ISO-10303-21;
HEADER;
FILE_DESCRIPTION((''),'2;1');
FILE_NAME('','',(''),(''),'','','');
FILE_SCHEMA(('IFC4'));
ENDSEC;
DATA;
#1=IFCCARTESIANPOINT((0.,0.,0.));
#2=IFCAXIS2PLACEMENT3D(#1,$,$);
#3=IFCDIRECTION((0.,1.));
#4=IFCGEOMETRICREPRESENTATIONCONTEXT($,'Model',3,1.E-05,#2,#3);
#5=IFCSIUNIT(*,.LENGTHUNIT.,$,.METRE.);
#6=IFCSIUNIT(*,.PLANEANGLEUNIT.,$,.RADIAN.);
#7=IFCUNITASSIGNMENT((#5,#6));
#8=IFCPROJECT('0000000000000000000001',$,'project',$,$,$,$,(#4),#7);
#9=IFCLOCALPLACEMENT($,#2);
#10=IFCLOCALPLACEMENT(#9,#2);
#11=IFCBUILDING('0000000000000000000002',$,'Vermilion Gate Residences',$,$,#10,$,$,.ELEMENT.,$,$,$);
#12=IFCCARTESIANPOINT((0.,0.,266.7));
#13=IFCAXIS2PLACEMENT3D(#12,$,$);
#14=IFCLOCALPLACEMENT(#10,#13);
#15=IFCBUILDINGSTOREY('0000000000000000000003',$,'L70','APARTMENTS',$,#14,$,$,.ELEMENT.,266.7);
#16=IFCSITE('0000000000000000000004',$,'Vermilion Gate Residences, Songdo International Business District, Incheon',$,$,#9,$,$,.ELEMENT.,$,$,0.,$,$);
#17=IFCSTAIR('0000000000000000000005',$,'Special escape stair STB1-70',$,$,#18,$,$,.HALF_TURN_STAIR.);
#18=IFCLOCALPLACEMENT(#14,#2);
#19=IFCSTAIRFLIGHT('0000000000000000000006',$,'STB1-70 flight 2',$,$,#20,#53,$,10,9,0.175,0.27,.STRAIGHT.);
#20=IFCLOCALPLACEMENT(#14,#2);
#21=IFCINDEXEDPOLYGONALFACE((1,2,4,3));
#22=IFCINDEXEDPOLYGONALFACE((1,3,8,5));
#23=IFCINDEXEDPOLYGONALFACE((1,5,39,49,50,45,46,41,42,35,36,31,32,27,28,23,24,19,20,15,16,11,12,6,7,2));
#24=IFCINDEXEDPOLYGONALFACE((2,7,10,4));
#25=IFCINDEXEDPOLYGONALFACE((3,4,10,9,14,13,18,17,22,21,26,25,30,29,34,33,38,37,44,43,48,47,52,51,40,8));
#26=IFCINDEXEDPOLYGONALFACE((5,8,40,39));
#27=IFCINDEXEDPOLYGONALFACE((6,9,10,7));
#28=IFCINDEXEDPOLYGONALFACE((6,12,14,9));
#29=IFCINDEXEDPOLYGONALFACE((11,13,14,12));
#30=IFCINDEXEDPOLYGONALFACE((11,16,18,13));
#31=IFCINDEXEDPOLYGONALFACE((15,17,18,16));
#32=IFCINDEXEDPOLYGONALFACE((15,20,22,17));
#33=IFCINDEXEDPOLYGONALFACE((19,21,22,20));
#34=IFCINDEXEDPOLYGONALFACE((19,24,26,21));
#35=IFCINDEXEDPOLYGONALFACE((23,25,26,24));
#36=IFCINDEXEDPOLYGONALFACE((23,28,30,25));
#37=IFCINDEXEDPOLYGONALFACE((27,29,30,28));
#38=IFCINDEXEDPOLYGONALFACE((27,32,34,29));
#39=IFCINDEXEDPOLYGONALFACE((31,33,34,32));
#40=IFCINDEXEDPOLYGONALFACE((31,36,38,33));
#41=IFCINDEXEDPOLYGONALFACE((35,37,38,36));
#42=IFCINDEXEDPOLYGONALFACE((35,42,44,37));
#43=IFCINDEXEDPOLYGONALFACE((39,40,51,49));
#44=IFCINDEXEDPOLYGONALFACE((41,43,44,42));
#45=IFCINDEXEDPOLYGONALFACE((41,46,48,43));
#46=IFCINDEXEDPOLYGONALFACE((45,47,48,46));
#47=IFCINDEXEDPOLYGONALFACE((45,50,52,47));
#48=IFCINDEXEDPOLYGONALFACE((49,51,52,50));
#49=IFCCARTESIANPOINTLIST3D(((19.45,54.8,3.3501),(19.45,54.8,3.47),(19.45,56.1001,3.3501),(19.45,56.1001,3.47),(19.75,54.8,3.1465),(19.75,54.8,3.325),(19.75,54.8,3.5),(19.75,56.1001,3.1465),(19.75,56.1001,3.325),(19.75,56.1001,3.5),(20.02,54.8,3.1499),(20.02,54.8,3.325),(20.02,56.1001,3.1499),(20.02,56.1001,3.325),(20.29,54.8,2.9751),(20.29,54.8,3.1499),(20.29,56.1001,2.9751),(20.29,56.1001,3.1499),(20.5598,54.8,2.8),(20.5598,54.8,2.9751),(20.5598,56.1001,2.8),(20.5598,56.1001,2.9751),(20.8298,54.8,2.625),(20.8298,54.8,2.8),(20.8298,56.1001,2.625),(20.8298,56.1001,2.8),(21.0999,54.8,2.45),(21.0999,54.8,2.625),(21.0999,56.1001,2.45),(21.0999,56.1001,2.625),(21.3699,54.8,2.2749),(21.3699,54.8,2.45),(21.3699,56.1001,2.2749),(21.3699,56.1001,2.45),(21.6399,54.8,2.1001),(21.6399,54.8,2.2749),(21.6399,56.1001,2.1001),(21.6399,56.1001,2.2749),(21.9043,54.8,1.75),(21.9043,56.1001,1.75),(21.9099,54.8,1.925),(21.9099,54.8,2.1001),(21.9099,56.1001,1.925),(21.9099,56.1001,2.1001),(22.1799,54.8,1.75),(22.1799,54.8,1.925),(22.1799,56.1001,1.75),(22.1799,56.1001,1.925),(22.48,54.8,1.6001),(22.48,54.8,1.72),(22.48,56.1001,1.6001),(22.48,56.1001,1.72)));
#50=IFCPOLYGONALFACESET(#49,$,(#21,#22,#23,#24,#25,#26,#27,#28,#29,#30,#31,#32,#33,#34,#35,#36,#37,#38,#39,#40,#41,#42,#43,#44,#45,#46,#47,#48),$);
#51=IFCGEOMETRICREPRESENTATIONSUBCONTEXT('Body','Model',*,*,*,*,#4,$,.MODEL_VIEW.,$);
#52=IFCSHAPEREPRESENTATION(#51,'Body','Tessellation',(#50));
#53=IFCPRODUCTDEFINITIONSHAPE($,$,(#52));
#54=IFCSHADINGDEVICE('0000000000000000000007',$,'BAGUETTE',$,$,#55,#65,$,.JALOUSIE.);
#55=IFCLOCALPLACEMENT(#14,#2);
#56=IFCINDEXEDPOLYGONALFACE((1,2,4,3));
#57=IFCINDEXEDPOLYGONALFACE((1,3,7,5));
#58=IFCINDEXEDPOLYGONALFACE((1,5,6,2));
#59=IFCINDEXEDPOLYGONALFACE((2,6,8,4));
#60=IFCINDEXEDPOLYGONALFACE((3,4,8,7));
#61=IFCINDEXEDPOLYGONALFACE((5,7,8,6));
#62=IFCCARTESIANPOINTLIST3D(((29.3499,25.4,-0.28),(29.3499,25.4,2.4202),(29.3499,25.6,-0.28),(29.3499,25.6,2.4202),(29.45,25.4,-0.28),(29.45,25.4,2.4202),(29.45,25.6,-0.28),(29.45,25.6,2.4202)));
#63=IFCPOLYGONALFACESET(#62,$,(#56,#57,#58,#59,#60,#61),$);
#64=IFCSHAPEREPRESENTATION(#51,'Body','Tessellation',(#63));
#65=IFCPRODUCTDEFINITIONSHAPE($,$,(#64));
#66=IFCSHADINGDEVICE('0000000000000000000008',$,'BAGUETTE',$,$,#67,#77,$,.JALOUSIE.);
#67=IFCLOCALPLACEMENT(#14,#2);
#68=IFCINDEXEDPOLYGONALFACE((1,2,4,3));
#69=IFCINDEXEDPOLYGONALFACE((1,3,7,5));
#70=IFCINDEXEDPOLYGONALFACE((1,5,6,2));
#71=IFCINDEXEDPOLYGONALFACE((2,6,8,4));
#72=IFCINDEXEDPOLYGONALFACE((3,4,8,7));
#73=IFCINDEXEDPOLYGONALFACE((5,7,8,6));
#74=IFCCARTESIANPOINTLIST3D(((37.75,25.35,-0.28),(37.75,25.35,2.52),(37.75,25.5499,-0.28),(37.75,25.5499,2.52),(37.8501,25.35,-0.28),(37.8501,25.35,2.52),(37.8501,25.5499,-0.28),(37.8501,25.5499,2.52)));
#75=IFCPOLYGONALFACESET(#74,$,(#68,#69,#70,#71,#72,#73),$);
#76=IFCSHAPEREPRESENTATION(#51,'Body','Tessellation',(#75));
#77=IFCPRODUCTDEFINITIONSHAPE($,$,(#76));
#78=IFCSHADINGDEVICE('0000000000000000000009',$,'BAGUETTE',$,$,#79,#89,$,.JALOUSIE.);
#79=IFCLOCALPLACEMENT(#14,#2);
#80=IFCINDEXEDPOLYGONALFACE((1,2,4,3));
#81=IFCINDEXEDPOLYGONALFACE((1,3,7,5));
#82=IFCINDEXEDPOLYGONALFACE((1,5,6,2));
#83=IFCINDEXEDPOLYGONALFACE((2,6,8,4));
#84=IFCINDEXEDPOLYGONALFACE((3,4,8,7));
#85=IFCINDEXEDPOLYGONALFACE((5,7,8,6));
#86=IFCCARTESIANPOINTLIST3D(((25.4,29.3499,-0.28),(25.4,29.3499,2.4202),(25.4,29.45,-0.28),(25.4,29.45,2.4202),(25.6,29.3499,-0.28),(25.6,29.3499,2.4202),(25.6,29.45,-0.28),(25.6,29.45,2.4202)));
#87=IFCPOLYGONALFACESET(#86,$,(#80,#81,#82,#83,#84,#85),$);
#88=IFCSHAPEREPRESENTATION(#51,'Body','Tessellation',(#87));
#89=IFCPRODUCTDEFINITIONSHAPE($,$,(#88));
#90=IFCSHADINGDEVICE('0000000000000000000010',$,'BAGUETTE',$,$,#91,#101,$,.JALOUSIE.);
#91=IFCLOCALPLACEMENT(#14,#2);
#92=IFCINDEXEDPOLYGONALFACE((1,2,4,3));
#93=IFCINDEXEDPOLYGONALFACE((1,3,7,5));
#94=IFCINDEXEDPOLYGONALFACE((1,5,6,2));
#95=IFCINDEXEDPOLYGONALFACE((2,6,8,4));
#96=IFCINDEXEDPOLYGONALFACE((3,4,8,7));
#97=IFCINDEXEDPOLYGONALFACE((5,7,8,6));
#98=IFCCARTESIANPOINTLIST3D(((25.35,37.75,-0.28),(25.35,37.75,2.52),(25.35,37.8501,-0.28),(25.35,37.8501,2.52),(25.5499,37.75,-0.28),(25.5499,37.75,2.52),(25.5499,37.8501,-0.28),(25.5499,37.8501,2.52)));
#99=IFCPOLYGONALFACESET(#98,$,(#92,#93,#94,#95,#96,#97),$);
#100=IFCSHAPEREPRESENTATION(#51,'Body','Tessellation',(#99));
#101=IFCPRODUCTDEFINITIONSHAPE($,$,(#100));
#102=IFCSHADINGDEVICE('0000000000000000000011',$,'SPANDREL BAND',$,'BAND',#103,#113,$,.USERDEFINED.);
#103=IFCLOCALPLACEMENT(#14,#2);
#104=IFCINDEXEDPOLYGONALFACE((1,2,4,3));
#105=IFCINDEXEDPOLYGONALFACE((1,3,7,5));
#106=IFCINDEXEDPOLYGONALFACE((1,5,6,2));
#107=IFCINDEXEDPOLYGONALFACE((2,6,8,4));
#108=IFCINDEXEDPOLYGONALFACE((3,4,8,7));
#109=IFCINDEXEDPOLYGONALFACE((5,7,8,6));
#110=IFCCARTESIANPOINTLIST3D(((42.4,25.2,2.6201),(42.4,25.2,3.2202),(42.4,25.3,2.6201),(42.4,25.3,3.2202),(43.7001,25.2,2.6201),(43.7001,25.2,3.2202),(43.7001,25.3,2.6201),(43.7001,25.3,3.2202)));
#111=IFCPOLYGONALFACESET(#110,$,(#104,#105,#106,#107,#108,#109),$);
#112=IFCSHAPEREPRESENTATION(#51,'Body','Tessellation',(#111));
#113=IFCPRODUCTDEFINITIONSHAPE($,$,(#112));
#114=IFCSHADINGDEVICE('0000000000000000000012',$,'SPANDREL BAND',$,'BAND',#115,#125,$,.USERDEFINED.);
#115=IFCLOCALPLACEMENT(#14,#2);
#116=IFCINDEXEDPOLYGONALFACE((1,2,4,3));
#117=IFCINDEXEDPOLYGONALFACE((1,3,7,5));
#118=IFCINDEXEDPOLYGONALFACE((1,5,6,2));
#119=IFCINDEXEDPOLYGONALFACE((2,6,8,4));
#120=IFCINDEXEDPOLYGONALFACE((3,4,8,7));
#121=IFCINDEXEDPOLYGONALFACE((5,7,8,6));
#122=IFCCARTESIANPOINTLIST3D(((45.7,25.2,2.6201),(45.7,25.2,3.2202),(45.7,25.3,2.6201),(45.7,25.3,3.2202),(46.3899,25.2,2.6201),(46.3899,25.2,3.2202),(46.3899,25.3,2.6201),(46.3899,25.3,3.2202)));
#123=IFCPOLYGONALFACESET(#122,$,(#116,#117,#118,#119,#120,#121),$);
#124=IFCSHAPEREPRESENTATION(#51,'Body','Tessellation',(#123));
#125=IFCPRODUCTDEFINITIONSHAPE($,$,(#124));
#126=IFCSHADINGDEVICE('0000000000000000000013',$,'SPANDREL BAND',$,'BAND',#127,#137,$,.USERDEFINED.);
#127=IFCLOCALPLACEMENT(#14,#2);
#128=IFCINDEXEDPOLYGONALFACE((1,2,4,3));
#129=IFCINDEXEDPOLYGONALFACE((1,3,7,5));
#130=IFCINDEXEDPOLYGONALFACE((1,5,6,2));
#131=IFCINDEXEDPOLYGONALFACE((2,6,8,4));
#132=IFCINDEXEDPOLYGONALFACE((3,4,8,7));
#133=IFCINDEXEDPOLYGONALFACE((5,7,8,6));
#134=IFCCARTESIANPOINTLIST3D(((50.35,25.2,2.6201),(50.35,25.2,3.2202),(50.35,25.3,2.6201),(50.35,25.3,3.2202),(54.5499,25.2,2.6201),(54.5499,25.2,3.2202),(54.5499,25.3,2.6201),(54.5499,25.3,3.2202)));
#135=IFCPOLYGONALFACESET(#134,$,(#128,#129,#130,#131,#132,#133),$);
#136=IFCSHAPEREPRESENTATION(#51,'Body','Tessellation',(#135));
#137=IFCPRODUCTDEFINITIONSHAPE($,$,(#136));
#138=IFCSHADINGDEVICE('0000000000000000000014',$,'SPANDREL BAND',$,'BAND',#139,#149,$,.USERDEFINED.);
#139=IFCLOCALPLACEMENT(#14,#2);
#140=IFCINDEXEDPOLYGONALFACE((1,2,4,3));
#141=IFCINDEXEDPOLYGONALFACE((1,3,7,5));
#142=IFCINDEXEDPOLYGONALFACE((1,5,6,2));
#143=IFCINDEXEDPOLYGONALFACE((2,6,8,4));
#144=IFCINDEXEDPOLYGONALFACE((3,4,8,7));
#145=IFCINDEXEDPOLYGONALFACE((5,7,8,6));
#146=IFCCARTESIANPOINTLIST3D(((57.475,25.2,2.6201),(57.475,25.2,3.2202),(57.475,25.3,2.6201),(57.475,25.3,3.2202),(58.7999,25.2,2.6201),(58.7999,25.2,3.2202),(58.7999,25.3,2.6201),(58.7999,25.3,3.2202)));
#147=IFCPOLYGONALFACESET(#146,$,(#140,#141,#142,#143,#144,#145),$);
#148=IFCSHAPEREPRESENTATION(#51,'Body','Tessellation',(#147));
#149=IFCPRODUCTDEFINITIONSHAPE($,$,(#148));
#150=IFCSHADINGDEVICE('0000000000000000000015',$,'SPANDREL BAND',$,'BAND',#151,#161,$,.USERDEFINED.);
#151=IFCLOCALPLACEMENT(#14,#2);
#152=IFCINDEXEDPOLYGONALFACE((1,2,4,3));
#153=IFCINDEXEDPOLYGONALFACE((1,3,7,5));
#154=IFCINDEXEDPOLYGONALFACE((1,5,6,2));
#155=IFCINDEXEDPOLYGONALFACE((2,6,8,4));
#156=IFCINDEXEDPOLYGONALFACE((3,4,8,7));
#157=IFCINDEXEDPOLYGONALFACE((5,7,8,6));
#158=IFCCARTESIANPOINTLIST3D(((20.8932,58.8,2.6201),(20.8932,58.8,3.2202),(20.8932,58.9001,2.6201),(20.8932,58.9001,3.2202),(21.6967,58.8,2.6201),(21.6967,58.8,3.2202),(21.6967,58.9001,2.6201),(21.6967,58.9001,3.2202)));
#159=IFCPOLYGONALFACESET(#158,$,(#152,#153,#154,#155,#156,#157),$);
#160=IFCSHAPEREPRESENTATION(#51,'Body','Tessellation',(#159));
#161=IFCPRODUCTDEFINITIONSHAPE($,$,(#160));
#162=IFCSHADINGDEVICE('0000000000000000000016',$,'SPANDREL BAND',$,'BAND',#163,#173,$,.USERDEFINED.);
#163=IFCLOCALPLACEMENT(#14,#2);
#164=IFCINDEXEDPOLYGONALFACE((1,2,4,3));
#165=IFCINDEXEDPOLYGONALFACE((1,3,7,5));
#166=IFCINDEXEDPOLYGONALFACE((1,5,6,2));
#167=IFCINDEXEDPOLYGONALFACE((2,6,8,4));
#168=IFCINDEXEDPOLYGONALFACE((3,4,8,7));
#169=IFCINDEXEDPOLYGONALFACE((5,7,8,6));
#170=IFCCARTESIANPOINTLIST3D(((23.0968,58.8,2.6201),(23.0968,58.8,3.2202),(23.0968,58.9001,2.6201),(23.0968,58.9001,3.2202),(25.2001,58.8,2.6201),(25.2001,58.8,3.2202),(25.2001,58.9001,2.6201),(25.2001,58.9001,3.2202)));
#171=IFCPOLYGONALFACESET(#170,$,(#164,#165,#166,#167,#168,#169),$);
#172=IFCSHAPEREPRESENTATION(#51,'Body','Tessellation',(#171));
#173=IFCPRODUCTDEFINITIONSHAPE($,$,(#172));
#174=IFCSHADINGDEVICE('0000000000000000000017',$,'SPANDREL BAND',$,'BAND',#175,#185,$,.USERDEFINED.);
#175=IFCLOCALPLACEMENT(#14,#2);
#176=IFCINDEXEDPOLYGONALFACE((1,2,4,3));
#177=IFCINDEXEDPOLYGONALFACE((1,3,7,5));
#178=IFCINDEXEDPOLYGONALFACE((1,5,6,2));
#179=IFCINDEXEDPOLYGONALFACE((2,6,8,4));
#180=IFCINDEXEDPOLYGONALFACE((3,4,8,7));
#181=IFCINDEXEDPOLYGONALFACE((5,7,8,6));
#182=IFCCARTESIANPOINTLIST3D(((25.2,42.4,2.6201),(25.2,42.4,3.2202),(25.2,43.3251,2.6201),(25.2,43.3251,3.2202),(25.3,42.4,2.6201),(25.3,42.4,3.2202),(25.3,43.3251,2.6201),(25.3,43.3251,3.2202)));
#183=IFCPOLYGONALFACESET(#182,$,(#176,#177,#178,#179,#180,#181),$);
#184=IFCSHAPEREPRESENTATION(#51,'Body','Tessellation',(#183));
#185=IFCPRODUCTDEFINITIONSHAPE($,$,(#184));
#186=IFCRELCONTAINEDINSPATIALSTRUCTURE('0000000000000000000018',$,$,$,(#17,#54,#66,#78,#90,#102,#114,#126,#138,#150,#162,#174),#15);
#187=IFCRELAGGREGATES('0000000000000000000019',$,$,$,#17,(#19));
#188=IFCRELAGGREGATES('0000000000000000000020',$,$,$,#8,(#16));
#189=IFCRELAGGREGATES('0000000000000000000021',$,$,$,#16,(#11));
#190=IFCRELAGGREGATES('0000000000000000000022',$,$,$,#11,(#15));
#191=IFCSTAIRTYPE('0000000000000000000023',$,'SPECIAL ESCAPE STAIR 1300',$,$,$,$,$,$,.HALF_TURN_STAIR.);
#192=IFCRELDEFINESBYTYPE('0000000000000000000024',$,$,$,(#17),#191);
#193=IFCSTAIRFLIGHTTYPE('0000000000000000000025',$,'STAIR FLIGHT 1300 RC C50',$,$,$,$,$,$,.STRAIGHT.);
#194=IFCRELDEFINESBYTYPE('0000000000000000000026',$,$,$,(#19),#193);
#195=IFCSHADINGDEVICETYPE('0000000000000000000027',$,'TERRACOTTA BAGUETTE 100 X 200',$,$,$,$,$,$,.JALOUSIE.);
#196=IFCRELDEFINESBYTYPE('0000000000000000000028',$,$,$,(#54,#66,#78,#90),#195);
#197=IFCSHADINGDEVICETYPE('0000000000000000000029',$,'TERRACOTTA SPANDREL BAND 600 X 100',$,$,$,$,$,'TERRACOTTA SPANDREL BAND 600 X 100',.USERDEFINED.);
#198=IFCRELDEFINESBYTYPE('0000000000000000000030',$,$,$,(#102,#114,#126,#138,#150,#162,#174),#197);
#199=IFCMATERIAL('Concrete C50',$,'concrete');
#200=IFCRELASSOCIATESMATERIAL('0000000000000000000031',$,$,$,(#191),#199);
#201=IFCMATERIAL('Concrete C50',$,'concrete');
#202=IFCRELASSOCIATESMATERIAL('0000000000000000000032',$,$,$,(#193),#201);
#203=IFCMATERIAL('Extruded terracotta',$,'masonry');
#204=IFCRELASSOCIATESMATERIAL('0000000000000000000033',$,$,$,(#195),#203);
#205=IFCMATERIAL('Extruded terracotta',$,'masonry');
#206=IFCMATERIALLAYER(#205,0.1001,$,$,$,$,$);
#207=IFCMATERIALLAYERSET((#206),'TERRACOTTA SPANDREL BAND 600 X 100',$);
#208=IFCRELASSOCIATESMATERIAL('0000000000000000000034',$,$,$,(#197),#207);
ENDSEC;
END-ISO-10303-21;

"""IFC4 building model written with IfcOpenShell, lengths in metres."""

from ifc_helpers import new_model, si_unit, direction, frame, origin, origin_2d, place, context, subcontext, project, spatial, polyline, rectangle, outline, extrude, material, layer, layer_set, material_profile, profile_set, type_object, element, aggregate, save


model = new_model("IFC4")

# Units and contexts
model_context = context("Model", 3, precision=1e-05, world=origin(), true_north=direction((0.0, 1.0)))
body_context = subcontext(model_context, "Body", "Model", "MODEL_VIEW")
ifc_project = project(units=[si_unit("LENGTHUNIT", "METRE"), si_unit("PLANEANGLEUNIT", "RADIAN")], contexts=[model_context])

# Site, building, storey
site_placement = place(None, origin())
site = spatial("IfcSite", under=ifc_project, at=site_placement, Name="Vermilion Gate Residences, Songdo International Business District, Incheon", CompositionType="ELEMENT", RefElevation=0.0)
building_placement = place(site_placement, origin())
building = spatial("IfcBuilding", under=site, at=building_placement, Name="Vermilion Gate Residences", CompositionType="ELEMENT")
storey_placement = place(building_placement, frame((0.0, 0.0, 266.7)))
storey = spatial("IfcBuildingStorey", under=building, at=storey_placement, Name="L70", Description="APARTMENTS", CompositionType="ELEMENT", Elevation=266.7)

# Stair, stair flight
ifc_material_1 = material(Name="Concrete C50", Category="concrete")
stair_type = type_object("IfcStairType", Name="SPECIAL ESCAPE STAIR 1300", PredefinedType="HALF_TURN_STAIR", material=ifc_material_1)
stair_placement = place(storey_placement, origin())
stair = element("IfcStair", 1, at=stair_placement, inside=storey, type_object=stair_type, Name="Special escape stair STB1-70", PredefinedType="HALF_TURN_STAIR")
ifc_material_2 = material(Name="Concrete C50", Category="concrete")
stair_flight_type = type_object("IfcStairFlightType", Name="STAIR FLIGHT 1300 RC C50", PredefinedType="STRAIGHT", material=ifc_material_2)
stair_flight_placement = place(storey_placement, frame((22.1799, 55.45, 1.75), z_axis=(0.0, 0.0, 1.0), x_axis=(-1.0, 0.0, 0.0)))
stair_flight = element("IfcStairFlight", 2, at=stair_flight_placement, type_object=stair_flight_type, Name="STB1-70 flight 2", NumberOfRisers=10, NumberOfTreads=9, PredefinedType="STRAIGHT", RiserHeight=0.175, TreadLength=0.27, context=body_context, shape_type="SweptSolid", body=[
    extrude(outline(polyline([(-0.3, -0.1499), (-0.3, -0.03), (0.0, 0.0), (0.0, 0.175), (0.27, 0.175), (0.27, 0.3501), (0.54, 0.3501), (0.54, 0.5249), (0.8101, 0.5249), (0.8101, 0.7), (1.0801, 0.7), (1.0801, 0.875), (1.3501, 0.875), (1.3501, 1.05), (1.6201, 1.05), (1.6201, 1.2251), (1.8899, 1.2251), (1.8899, 1.3999), (2.1599, 1.3999), (2.1599, 1.575), (2.4299, 1.575), (2.4299, 1.75), (2.73, 1.72), (2.73, 1.6001), (2.4299, 1.3965), (0.2756, 0.0), (-0.3, -0.1499)])), frame((0.0, 0.6499, 0.0), z_axis=(0.0, -1.0, 0.0), x_axis=(1.0, 0.0, 0.0)), (0.0, 0.0, 1.0), 1.3),
])
aggregate(stair, [stair_flight])

# Shading devices
ifc_material_3 = material(Name="Extruded terracotta", Category="masonry")
ifc_material_profile_1 = material_profile(ifc_material_3, rectangle(XDim=0.2, YDim=0.1001, at=origin_2d()), Name="BAGUETTE 100 X 200")
ifc_profile_set_1 = profile_set([ifc_material_profile_1], Name="Extruded terracotta")
shading_device_type_1 = type_object("IfcShadingDeviceType", Name="TERRACOTTA BAGUETTE 100 X 200", PredefinedType="JALOUSIE", material=ifc_profile_set_1)
shading_device_1_placement = place(storey_placement, frame((29.3999, 25.5, -0.28), z_axis=(0.0, 0.0, 1.0), x_axis=(0.0, -1.0, 0.0)))
element("IfcShadingDevice", 3, at=shading_device_1_placement, inside=storey, type_object=shading_device_type_1, Name="BAGUETTE", PredefinedType="JALOUSIE", context=body_context, shape_type="SweptSolid", body=[
    extrude(rectangle(XDim=0.2, YDim=0.1001, at=origin_2d()), origin(), (0.0, 0.0, 1.0), 2.7002),
])
shading_device_2_placement = place(storey_placement, frame((37.8, 25.45, -0.28), z_axis=(0.0, 0.0, 1.0), x_axis=(0.0, -1.0, 0.0)))
element("IfcShadingDevice", 4, at=shading_device_2_placement, inside=storey, type_object=shading_device_type_1, Name="BAGUETTE", PredefinedType="JALOUSIE", context=body_context, shape_type="SweptSolid", body=[
    extrude(rectangle(XDim=0.2, YDim=0.1001, at=origin_2d()), origin(), (0.0, 0.0, 1.0), 2.8),
])
shading_device_3_placement = place(storey_placement, frame((25.5, 29.3999, -0.28), z_axis=(0.0, 0.0, 1.0), x_axis=(-1.0, 0.0, 0.0)))
element("IfcShadingDevice", 5, at=shading_device_3_placement, inside=storey, type_object=shading_device_type_1, Name="BAGUETTE", PredefinedType="JALOUSIE", context=body_context, shape_type="SweptSolid", body=[
    extrude(rectangle(XDim=0.2, YDim=0.1001, at=origin_2d()), origin(), (0.0, 0.0, 1.0), 2.7002),
])
shading_device_4_placement = place(storey_placement, frame((25.45, 37.8, -0.28), z_axis=(0.0, 0.0, 1.0), x_axis=(-1.0, 0.0, 0.0)))
element("IfcShadingDevice", 6, at=shading_device_4_placement, inside=storey, type_object=shading_device_type_1, Name="BAGUETTE", PredefinedType="JALOUSIE", context=body_context, shape_type="SweptSolid", body=[
    extrude(rectangle(XDim=0.2, YDim=0.1001, at=origin_2d()), origin(), (0.0, 0.0, 1.0), 2.8),
])
ifc_material_4 = material(Name="Extruded terracotta", Category="masonry")
ifc_layer_1 = layer(ifc_material_4, 0.1001)
ifc_layer_set_1 = layer_set([ifc_layer_1], Name="TERRACOTTA SPANDREL BAND 600 X 100")
shading_device_type_2 = type_object("IfcShadingDeviceType", Name="TERRACOTTA SPANDREL BAND 600 X 100", ElementType="TERRACOTTA SPANDREL BAND 600 X 100", PredefinedType="USERDEFINED", material=ifc_layer_set_1)
shading_device_5_placement = place(storey_placement, frame((43.05, 25.25, 2.6201), z_axis=(0.0, 0.0, 1.0), x_axis=(1.0, 0.0, 0.0)))
element("IfcShadingDevice", 7, at=shading_device_5_placement, inside=storey, type_object=shading_device_type_2, Name="SPANDREL BAND", ObjectType="BAND", PredefinedType="USERDEFINED", context=body_context, shape_type="SweptSolid", body=[
    extrude(rectangle(XDim=1.3, YDim=0.1001, at=origin_2d()), origin(), (0.0, 0.0, 1.0), 0.6001),
])
shading_device_6_placement = place(storey_placement, frame((46.0449, 25.25, 2.6201), z_axis=(0.0, 0.0, 1.0), x_axis=(1.0, 0.0, 0.0)))
element("IfcShadingDevice", 8, at=shading_device_6_placement, inside=storey, type_object=shading_device_type_2, Name="SPANDREL BAND", ObjectType="BAND", PredefinedType="USERDEFINED", context=body_context, shape_type="SweptSolid", body=[
    extrude(rectangle(XDim=0.6899, YDim=0.1001, at=origin_2d()), origin(), (0.0, 0.0, 1.0), 0.6001),
])
shading_device_7_placement = place(storey_placement, frame((52.45, 25.25, 2.6201), z_axis=(0.0, 0.0, 1.0), x_axis=(1.0, 0.0, 0.0)))
element("IfcShadingDevice", 9, at=shading_device_7_placement, inside=storey, type_object=shading_device_type_2, Name="SPANDREL BAND", ObjectType="BAND", PredefinedType="USERDEFINED", context=body_context, shape_type="SweptSolid", body=[
    extrude(rectangle(XDim=4.2, YDim=0.1001, at=origin_2d()), origin(), (0.0, 0.0, 1.0), 0.6001),
])
shading_device_8_placement = place(storey_placement, frame((58.1375, 25.25, 2.6201), z_axis=(0.0, 0.0, 1.0), x_axis=(1.0, 0.0, 0.0)))
element("IfcShadingDevice", 10, at=shading_device_8_placement, inside=storey, type_object=shading_device_type_2, Name="SPANDREL BAND", ObjectType="BAND", PredefinedType="USERDEFINED", context=body_context, shape_type="SweptSolid", body=[
    extrude(rectangle(XDim=1.325, YDim=0.1001, at=origin_2d()), origin(), (0.0, 0.0, 1.0), 0.6001),
])
shading_device_9_placement = place(storey_placement, frame((21.2949, 58.8501, 2.6201), z_axis=(0.0, 0.0, 1.0), x_axis=(1.0, 0.0, 0.0)))
element("IfcShadingDevice", 11, at=shading_device_9_placement, inside=storey, type_object=shading_device_type_2, Name="SPANDREL BAND", ObjectType="BAND", PredefinedType="USERDEFINED", context=body_context, shape_type="SweptSolid", body=[
    extrude(rectangle(XDim=0.8035, YDim=0.1001, at=origin_2d()), origin(), (0.0, 0.0, 1.0), 0.6001),
])
shading_device_10_placement = place(storey_placement, frame((24.1484, 58.8501, 2.6201), z_axis=(0.0, 0.0, 1.0), x_axis=(1.0, 0.0, 0.0)))
element("IfcShadingDevice", 12, at=shading_device_10_placement, inside=storey, type_object=shading_device_type_2, Name="SPANDREL BAND", ObjectType="BAND", PredefinedType="USERDEFINED", context=body_context, shape_type="SweptSolid", body=[
    extrude(rectangle(XDim=2.1033, YDim=0.1001, at=origin_2d()), origin(), (0.0, 0.0, 1.0), 0.6001),
])
shading_device_11_placement = place(storey_placement, frame((25.25, 42.8625, 2.6201), z_axis=(0.0, 0.0, 1.0), x_axis=(0.0, 1.0, 0.0)))
element("IfcShadingDevice", 13, at=shading_device_11_placement, inside=storey, type_object=shading_device_type_2, Name="SPANDREL BAND", ObjectType="BAND", PredefinedType="USERDEFINED", context=body_context, shape_type="SweptSolid", body=[
    extrude(rectangle(XDim=0.925, YDim=0.1001, at=origin_2d()), origin(), (0.0, 0.0, 1.0), 0.6001),
])

save(model, "model.ifc")
